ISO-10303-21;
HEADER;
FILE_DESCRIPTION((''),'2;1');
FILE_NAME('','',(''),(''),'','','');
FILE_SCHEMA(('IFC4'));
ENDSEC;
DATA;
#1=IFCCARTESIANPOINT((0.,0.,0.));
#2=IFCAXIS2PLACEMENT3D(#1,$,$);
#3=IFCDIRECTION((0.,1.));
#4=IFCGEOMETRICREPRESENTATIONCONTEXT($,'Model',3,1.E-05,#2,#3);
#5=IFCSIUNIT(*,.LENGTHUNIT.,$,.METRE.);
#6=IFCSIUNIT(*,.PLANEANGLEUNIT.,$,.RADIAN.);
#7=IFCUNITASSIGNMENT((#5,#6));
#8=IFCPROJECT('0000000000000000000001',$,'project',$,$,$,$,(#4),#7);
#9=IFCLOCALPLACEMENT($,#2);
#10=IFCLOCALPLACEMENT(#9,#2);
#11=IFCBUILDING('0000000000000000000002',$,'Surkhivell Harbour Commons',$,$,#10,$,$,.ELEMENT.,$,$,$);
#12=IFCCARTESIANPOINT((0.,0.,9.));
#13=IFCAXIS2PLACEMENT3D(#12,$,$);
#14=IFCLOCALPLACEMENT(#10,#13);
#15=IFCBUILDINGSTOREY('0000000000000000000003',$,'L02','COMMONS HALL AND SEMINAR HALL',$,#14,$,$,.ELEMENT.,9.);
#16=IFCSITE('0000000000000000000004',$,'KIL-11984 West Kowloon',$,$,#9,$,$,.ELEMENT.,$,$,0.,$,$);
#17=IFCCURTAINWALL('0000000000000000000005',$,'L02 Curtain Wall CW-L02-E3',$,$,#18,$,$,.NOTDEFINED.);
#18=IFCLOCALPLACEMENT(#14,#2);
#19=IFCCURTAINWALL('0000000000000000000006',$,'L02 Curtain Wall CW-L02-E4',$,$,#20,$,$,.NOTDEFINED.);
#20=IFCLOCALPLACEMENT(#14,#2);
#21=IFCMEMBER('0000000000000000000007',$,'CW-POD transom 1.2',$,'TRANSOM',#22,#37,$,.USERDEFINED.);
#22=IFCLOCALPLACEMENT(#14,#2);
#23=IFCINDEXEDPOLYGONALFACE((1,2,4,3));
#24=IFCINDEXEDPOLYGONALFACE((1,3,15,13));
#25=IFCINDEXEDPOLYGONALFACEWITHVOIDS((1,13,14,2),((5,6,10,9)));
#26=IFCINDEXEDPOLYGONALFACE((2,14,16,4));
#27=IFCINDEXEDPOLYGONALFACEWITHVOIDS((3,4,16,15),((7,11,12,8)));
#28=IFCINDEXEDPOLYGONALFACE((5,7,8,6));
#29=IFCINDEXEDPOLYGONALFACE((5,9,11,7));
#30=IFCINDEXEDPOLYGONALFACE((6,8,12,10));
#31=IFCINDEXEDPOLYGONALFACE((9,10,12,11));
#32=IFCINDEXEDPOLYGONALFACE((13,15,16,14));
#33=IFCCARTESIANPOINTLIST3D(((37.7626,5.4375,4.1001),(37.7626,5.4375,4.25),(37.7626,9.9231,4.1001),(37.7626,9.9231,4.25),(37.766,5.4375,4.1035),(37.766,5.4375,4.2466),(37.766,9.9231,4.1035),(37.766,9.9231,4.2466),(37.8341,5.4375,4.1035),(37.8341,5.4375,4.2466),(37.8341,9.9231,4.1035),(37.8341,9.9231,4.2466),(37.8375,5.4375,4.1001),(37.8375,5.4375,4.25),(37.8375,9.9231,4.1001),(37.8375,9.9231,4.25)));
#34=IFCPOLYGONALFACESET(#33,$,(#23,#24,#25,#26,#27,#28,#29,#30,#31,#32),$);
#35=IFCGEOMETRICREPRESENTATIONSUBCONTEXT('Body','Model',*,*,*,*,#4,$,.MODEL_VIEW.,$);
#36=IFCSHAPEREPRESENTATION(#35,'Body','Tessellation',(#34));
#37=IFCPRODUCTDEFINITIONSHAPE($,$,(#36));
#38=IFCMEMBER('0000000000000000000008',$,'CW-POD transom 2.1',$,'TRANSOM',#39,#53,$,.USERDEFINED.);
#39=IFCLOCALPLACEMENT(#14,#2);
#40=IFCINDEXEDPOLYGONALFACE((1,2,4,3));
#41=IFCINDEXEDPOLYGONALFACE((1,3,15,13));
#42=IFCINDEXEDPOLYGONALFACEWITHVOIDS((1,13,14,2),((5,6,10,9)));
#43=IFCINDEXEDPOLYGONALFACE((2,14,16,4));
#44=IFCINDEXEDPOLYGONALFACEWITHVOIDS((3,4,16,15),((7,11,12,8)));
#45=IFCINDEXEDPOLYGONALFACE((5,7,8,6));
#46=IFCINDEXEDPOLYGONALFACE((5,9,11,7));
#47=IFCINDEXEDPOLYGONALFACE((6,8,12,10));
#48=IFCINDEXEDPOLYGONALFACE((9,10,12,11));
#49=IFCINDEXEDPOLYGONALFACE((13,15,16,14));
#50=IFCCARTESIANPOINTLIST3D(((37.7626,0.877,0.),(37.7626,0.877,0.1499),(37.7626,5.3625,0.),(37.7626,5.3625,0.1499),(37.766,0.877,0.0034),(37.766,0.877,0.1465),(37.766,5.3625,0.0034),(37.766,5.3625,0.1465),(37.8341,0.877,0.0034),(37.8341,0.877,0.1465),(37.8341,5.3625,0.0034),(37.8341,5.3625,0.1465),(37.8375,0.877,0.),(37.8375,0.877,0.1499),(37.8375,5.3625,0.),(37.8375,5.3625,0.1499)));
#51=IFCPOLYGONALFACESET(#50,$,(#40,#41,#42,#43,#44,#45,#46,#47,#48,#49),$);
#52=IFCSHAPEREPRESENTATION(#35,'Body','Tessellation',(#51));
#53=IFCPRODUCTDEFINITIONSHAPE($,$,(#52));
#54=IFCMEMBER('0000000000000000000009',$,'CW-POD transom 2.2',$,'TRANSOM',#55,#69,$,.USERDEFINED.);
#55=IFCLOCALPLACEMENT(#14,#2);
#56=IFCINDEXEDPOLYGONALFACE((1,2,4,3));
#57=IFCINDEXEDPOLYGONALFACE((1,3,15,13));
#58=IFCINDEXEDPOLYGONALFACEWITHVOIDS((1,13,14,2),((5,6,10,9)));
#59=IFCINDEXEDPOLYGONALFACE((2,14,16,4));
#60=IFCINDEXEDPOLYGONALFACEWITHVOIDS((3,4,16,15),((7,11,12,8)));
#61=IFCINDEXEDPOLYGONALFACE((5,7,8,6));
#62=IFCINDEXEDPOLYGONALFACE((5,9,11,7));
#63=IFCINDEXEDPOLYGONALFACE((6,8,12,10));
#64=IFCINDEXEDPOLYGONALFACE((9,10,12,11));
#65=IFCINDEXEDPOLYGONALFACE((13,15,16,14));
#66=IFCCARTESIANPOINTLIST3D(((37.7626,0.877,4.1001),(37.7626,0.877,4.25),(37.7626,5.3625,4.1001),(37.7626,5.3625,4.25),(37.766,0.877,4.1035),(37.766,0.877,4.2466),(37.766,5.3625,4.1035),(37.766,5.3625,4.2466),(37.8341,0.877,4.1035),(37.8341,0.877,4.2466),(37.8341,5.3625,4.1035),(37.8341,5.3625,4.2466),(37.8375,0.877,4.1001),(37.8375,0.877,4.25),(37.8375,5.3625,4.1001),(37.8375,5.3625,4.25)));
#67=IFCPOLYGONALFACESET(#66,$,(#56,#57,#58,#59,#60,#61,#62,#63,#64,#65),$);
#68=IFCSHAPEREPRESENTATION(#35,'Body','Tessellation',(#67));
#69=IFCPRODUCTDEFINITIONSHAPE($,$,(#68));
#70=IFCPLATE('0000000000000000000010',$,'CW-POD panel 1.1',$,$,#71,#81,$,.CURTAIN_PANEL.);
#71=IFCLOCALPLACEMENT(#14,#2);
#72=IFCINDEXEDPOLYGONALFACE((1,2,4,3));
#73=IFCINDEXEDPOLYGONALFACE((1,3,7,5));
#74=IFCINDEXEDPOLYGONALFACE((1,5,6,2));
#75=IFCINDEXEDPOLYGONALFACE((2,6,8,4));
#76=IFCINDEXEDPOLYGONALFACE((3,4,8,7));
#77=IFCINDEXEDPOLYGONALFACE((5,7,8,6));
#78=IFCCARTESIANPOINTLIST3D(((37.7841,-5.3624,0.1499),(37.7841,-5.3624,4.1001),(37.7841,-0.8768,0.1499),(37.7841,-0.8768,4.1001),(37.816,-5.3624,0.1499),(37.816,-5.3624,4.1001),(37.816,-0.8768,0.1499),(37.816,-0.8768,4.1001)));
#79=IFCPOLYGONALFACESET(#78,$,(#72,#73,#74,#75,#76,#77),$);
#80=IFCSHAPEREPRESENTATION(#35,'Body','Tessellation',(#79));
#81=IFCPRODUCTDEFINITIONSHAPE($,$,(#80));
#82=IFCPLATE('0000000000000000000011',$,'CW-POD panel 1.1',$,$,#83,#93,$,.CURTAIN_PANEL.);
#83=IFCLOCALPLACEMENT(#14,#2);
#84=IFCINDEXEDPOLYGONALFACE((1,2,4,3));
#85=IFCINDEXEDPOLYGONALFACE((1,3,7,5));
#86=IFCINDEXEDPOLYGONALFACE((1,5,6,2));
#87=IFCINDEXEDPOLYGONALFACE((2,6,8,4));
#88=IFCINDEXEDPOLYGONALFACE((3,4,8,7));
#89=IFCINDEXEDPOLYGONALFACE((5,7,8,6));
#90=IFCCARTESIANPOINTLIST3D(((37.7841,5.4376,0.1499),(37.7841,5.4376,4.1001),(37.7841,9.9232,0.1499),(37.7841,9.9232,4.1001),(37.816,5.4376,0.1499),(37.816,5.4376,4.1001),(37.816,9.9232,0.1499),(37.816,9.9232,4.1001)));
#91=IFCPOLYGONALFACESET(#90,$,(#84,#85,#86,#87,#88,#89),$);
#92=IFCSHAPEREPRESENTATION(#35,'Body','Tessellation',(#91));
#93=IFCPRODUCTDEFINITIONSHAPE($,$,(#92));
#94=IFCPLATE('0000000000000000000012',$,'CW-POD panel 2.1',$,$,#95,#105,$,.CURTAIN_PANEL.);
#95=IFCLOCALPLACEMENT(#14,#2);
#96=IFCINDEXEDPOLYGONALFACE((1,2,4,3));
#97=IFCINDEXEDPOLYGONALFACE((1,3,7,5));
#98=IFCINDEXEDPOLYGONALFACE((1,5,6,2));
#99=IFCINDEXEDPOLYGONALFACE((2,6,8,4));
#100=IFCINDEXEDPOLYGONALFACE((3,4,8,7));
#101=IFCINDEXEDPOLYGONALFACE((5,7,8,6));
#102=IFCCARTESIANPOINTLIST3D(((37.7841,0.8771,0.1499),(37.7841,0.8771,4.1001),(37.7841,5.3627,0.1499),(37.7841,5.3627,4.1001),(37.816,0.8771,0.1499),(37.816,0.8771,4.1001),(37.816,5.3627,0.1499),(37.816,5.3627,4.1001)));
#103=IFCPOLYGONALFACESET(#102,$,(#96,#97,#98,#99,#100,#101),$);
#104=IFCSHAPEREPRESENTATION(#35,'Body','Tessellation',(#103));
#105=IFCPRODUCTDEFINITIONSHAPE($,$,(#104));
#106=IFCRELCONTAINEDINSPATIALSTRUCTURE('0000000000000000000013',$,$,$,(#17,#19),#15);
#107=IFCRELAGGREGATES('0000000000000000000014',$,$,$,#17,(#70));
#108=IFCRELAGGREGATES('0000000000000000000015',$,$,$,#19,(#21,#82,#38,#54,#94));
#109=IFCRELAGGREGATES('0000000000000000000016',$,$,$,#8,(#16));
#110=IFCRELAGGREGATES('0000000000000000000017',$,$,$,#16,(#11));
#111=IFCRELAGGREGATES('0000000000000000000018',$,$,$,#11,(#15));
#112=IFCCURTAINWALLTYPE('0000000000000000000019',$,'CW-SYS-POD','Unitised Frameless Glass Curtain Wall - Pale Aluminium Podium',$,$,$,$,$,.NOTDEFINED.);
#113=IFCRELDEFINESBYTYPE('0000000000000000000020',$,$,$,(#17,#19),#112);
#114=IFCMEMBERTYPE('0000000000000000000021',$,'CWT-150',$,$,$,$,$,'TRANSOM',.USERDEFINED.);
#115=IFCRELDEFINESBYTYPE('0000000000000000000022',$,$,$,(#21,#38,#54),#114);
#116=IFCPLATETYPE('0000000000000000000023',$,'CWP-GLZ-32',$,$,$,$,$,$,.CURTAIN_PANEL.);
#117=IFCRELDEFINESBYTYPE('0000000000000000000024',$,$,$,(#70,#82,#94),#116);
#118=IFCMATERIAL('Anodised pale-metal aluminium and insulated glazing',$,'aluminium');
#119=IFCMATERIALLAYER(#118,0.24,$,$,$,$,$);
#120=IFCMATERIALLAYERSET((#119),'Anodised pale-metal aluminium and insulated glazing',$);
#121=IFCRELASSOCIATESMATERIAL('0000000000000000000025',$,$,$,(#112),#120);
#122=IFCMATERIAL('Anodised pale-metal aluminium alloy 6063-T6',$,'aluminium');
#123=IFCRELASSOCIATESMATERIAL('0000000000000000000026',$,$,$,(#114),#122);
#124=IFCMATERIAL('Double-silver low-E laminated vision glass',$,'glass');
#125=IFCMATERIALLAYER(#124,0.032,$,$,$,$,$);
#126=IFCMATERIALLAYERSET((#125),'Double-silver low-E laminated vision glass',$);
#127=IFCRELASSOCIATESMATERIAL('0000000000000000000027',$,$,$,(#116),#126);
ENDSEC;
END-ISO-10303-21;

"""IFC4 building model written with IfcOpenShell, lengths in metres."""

from ifc_helpers import new_model, si_unit, direction, frame, frame_2d, origin, origin_2d, place, context, subcontext, project, spatial, rectangle, hollow_rectangle, extrude, material, layer, layer_set, material_profile, profile_set, type_object, element, aggregate, save


model = new_model("IFC4")

# Units and contexts
model_context = context("Model", 3, precision=1e-05, world=origin(), true_north=direction((0.0, 1.0)))
body_context = subcontext(model_context, "Body", "Model", "MODEL_VIEW")
ifc_project = project(units=[si_unit("LENGTHUNIT", "METRE"), si_unit("PLANEANGLEUNIT", "RADIAN")], contexts=[model_context])

# Site, building, storey
site_placement = place(None, origin())
site = spatial("IfcSite", under=ifc_project, at=site_placement, Name="KIL-11984 West Kowloon", CompositionType="ELEMENT", RefElevation=0.0)
building_placement = place(site_placement, origin())
building = spatial("IfcBuilding", under=site, at=building_placement, Name="Surkhivell Harbour Commons", CompositionType="ELEMENT")
storey_placement = place(building_placement, frame((0.0, 0.0, 9.0)))
storey = spatial("IfcBuildingStorey", under=building, at=storey_placement, Name="L02", Description="COMMONS HALL AND SEMINAR HALL", CompositionType="ELEMENT", Elevation=9.0)

# Curtain wall
ifc_material_1 = material(Name="Anodised pale-metal aluminium and insulated glazing", Category="aluminium")
ifc_layer_1 = layer(ifc_material_1, 0.24)
ifc_layer_set_1 = layer_set([ifc_layer_1], Name="Anodised pale-metal aluminium and insulated glazing")
curtain_wall_type = type_object("IfcCurtainWallType", Name="CW-SYS-POD", Description="Unitised Frameless Glass Curtain Wall - Pale Aluminium Podium", PredefinedType="NOTDEFINED", material=ifc_layer_set_1)
curtain_wall_1_placement = place(storey_placement, origin())
curtain_wall_1 = element("IfcCurtainWall", 1, at=curtain_wall_1_placement, inside=storey, type_object=curtain_wall_type, Name="L02 Curtain Wall CW-L02-E3", PredefinedType="NOTDEFINED")
ifc_material_2 = material(Name="Anodised pale-metal aluminium alloy 6063-T6", Category="aluminium")

# Curtain wall
curtain_wall_2_placement = place(storey_placement, origin())
curtain_wall_2 = element("IfcCurtainWall", 2, at=curtain_wall_2_placement, inside=storey, type_object=curtain_wall_type, Name="L02 Curtain Wall CW-L02-E4", PredefinedType="NOTDEFINED")

# Members
ifc_material_profile_1 = material_profile(ifc_material_2, hollow_rectangle(XDim=0.075, YDim=0.1499, WallThickness=0.0034, at=origin_2d()), Name="ALU-TRAN-75x150")
ifc_profile_set_1 = profile_set([ifc_material_profile_1], Name="Anodised pale-metal aluminium alloy 6063-T6")
member_type_1 = type_object("IfcMemberType", Name="CWT-150", ElementType="TRANSOM", PredefinedType="USERDEFINED", material=ifc_profile_set_1)
member_1_placement = place(storey_placement, frame((37.8, 9.9231, 4.175), z_axis=(0.0, -1.0, 0.0), x_axis=(1.0, 0.0, 0.0)))
member_1 = element("IfcMember", 3, at=member_1_placement, type_object=member_type_1, Name="CW-POD transom 1.2", ObjectType="TRANSOM", PredefinedType="USERDEFINED", context=body_context, shape_type="SweptSolid", body=[
    extrude(hollow_rectangle(XDim=0.075, YDim=0.1499, WallThickness=0.0034, at=origin_2d()), origin(), (0.0, 0.0, 1.0), 4.4856),
])
member_2_placement = place(storey_placement, frame((37.8, 5.3625, 0.075), z_axis=(0.0, -1.0, 0.0), x_axis=(1.0, 0.0, 0.0)))
member_2 = element("IfcMember", 4, at=member_2_placement, type_object=member_type_1, Name="CW-POD transom 2.1", ObjectType="TRANSOM", PredefinedType="USERDEFINED", context=body_context, shape_type="SweptSolid", body=[
    extrude(hollow_rectangle(XDim=0.075, YDim=0.1499, WallThickness=0.0034, at=origin_2d()), origin(), (0.0, 0.0, 1.0), 4.4856),
])
member_3_placement = place(storey_placement, frame((37.8, 5.3625, 4.175), z_axis=(0.0, -1.0, 0.0), x_axis=(1.0, 0.0, 0.0)))
member_3 = element("IfcMember", 5, at=member_3_placement, type_object=member_type_1, Name="CW-POD transom 2.2", ObjectType="TRANSOM", PredefinedType="USERDEFINED", context=body_context, shape_type="SweptSolid", body=[
    extrude(hollow_rectangle(XDim=0.075, YDim=0.1499, WallThickness=0.0034, at=origin_2d()), origin(), (0.0, 0.0, 1.0), 4.4856),
])

# Plates
ifc_material_3 = material(Name="Double-silver low-E laminated vision glass", Category="glass")
ifc_layer_2 = layer(ifc_material_3, 0.032)
ifc_layer_set_2 = layer_set([ifc_layer_2], Name="Double-silver low-E laminated vision glass")
plate_type = type_object("IfcPlateType", Name="CWP-GLZ-32", PredefinedType="CURTAIN_PANEL", material=ifc_layer_set_2)
plate_1_placement = place(storey_placement, frame((37.8, -0.877, 0.1499), z_axis=(0.0, 0.0, 1.0), x_axis=(0.0, -1.0, 0.0)))
plate_1 = element("IfcPlate", 6, at=plate_1_placement, type_object=plate_type, Name="CW-POD panel 1.1", PredefinedType="CURTAIN_PANEL", context=body_context, shape_type="SweptSolid", body=[
    extrude(rectangle(XDim=4.4856, YDim=0.032, at=frame_2d((2.2427, 0.0))), origin(), (0.0, 0.0, 1.0), 3.9502),
])
aggregate(curtain_wall_1, [plate_1])
plate_2_placement = place(storey_placement, frame((37.8, 9.9231, 0.1499), z_axis=(0.0, 0.0, 1.0), x_axis=(0.0, -1.0, 0.0)))
plate_2 = element("IfcPlate", 7, at=plate_2_placement, type_object=plate_type, Name="CW-POD panel 1.1", PredefinedType="CURTAIN_PANEL", context=body_context, shape_type="SweptSolid", body=[
    extrude(rectangle(XDim=4.4856, YDim=0.032, at=frame_2d((2.2427, 0.0))), origin(), (0.0, 0.0, 1.0), 3.9502),
])
plate_3_placement = place(storey_placement, frame((37.8, 5.3625, 0.1499), z_axis=(0.0, 0.0, 1.0), x_axis=(0.0, -1.0, 0.0)))
plate_3 = element("IfcPlate", 8, at=plate_3_placement, type_object=plate_type, Name="CW-POD panel 2.1", PredefinedType="CURTAIN_PANEL", context=body_context, shape_type="SweptSolid", body=[
    extrude(rectangle(XDim=4.4856, YDim=0.032, at=frame_2d((2.2427, 0.0))), origin(), (0.0, 0.0, 1.0), 3.9502),
])
aggregate(curtain_wall_2, [member_1, plate_2, member_2, member_3, plate_3])

save(model, "model.ifc")
